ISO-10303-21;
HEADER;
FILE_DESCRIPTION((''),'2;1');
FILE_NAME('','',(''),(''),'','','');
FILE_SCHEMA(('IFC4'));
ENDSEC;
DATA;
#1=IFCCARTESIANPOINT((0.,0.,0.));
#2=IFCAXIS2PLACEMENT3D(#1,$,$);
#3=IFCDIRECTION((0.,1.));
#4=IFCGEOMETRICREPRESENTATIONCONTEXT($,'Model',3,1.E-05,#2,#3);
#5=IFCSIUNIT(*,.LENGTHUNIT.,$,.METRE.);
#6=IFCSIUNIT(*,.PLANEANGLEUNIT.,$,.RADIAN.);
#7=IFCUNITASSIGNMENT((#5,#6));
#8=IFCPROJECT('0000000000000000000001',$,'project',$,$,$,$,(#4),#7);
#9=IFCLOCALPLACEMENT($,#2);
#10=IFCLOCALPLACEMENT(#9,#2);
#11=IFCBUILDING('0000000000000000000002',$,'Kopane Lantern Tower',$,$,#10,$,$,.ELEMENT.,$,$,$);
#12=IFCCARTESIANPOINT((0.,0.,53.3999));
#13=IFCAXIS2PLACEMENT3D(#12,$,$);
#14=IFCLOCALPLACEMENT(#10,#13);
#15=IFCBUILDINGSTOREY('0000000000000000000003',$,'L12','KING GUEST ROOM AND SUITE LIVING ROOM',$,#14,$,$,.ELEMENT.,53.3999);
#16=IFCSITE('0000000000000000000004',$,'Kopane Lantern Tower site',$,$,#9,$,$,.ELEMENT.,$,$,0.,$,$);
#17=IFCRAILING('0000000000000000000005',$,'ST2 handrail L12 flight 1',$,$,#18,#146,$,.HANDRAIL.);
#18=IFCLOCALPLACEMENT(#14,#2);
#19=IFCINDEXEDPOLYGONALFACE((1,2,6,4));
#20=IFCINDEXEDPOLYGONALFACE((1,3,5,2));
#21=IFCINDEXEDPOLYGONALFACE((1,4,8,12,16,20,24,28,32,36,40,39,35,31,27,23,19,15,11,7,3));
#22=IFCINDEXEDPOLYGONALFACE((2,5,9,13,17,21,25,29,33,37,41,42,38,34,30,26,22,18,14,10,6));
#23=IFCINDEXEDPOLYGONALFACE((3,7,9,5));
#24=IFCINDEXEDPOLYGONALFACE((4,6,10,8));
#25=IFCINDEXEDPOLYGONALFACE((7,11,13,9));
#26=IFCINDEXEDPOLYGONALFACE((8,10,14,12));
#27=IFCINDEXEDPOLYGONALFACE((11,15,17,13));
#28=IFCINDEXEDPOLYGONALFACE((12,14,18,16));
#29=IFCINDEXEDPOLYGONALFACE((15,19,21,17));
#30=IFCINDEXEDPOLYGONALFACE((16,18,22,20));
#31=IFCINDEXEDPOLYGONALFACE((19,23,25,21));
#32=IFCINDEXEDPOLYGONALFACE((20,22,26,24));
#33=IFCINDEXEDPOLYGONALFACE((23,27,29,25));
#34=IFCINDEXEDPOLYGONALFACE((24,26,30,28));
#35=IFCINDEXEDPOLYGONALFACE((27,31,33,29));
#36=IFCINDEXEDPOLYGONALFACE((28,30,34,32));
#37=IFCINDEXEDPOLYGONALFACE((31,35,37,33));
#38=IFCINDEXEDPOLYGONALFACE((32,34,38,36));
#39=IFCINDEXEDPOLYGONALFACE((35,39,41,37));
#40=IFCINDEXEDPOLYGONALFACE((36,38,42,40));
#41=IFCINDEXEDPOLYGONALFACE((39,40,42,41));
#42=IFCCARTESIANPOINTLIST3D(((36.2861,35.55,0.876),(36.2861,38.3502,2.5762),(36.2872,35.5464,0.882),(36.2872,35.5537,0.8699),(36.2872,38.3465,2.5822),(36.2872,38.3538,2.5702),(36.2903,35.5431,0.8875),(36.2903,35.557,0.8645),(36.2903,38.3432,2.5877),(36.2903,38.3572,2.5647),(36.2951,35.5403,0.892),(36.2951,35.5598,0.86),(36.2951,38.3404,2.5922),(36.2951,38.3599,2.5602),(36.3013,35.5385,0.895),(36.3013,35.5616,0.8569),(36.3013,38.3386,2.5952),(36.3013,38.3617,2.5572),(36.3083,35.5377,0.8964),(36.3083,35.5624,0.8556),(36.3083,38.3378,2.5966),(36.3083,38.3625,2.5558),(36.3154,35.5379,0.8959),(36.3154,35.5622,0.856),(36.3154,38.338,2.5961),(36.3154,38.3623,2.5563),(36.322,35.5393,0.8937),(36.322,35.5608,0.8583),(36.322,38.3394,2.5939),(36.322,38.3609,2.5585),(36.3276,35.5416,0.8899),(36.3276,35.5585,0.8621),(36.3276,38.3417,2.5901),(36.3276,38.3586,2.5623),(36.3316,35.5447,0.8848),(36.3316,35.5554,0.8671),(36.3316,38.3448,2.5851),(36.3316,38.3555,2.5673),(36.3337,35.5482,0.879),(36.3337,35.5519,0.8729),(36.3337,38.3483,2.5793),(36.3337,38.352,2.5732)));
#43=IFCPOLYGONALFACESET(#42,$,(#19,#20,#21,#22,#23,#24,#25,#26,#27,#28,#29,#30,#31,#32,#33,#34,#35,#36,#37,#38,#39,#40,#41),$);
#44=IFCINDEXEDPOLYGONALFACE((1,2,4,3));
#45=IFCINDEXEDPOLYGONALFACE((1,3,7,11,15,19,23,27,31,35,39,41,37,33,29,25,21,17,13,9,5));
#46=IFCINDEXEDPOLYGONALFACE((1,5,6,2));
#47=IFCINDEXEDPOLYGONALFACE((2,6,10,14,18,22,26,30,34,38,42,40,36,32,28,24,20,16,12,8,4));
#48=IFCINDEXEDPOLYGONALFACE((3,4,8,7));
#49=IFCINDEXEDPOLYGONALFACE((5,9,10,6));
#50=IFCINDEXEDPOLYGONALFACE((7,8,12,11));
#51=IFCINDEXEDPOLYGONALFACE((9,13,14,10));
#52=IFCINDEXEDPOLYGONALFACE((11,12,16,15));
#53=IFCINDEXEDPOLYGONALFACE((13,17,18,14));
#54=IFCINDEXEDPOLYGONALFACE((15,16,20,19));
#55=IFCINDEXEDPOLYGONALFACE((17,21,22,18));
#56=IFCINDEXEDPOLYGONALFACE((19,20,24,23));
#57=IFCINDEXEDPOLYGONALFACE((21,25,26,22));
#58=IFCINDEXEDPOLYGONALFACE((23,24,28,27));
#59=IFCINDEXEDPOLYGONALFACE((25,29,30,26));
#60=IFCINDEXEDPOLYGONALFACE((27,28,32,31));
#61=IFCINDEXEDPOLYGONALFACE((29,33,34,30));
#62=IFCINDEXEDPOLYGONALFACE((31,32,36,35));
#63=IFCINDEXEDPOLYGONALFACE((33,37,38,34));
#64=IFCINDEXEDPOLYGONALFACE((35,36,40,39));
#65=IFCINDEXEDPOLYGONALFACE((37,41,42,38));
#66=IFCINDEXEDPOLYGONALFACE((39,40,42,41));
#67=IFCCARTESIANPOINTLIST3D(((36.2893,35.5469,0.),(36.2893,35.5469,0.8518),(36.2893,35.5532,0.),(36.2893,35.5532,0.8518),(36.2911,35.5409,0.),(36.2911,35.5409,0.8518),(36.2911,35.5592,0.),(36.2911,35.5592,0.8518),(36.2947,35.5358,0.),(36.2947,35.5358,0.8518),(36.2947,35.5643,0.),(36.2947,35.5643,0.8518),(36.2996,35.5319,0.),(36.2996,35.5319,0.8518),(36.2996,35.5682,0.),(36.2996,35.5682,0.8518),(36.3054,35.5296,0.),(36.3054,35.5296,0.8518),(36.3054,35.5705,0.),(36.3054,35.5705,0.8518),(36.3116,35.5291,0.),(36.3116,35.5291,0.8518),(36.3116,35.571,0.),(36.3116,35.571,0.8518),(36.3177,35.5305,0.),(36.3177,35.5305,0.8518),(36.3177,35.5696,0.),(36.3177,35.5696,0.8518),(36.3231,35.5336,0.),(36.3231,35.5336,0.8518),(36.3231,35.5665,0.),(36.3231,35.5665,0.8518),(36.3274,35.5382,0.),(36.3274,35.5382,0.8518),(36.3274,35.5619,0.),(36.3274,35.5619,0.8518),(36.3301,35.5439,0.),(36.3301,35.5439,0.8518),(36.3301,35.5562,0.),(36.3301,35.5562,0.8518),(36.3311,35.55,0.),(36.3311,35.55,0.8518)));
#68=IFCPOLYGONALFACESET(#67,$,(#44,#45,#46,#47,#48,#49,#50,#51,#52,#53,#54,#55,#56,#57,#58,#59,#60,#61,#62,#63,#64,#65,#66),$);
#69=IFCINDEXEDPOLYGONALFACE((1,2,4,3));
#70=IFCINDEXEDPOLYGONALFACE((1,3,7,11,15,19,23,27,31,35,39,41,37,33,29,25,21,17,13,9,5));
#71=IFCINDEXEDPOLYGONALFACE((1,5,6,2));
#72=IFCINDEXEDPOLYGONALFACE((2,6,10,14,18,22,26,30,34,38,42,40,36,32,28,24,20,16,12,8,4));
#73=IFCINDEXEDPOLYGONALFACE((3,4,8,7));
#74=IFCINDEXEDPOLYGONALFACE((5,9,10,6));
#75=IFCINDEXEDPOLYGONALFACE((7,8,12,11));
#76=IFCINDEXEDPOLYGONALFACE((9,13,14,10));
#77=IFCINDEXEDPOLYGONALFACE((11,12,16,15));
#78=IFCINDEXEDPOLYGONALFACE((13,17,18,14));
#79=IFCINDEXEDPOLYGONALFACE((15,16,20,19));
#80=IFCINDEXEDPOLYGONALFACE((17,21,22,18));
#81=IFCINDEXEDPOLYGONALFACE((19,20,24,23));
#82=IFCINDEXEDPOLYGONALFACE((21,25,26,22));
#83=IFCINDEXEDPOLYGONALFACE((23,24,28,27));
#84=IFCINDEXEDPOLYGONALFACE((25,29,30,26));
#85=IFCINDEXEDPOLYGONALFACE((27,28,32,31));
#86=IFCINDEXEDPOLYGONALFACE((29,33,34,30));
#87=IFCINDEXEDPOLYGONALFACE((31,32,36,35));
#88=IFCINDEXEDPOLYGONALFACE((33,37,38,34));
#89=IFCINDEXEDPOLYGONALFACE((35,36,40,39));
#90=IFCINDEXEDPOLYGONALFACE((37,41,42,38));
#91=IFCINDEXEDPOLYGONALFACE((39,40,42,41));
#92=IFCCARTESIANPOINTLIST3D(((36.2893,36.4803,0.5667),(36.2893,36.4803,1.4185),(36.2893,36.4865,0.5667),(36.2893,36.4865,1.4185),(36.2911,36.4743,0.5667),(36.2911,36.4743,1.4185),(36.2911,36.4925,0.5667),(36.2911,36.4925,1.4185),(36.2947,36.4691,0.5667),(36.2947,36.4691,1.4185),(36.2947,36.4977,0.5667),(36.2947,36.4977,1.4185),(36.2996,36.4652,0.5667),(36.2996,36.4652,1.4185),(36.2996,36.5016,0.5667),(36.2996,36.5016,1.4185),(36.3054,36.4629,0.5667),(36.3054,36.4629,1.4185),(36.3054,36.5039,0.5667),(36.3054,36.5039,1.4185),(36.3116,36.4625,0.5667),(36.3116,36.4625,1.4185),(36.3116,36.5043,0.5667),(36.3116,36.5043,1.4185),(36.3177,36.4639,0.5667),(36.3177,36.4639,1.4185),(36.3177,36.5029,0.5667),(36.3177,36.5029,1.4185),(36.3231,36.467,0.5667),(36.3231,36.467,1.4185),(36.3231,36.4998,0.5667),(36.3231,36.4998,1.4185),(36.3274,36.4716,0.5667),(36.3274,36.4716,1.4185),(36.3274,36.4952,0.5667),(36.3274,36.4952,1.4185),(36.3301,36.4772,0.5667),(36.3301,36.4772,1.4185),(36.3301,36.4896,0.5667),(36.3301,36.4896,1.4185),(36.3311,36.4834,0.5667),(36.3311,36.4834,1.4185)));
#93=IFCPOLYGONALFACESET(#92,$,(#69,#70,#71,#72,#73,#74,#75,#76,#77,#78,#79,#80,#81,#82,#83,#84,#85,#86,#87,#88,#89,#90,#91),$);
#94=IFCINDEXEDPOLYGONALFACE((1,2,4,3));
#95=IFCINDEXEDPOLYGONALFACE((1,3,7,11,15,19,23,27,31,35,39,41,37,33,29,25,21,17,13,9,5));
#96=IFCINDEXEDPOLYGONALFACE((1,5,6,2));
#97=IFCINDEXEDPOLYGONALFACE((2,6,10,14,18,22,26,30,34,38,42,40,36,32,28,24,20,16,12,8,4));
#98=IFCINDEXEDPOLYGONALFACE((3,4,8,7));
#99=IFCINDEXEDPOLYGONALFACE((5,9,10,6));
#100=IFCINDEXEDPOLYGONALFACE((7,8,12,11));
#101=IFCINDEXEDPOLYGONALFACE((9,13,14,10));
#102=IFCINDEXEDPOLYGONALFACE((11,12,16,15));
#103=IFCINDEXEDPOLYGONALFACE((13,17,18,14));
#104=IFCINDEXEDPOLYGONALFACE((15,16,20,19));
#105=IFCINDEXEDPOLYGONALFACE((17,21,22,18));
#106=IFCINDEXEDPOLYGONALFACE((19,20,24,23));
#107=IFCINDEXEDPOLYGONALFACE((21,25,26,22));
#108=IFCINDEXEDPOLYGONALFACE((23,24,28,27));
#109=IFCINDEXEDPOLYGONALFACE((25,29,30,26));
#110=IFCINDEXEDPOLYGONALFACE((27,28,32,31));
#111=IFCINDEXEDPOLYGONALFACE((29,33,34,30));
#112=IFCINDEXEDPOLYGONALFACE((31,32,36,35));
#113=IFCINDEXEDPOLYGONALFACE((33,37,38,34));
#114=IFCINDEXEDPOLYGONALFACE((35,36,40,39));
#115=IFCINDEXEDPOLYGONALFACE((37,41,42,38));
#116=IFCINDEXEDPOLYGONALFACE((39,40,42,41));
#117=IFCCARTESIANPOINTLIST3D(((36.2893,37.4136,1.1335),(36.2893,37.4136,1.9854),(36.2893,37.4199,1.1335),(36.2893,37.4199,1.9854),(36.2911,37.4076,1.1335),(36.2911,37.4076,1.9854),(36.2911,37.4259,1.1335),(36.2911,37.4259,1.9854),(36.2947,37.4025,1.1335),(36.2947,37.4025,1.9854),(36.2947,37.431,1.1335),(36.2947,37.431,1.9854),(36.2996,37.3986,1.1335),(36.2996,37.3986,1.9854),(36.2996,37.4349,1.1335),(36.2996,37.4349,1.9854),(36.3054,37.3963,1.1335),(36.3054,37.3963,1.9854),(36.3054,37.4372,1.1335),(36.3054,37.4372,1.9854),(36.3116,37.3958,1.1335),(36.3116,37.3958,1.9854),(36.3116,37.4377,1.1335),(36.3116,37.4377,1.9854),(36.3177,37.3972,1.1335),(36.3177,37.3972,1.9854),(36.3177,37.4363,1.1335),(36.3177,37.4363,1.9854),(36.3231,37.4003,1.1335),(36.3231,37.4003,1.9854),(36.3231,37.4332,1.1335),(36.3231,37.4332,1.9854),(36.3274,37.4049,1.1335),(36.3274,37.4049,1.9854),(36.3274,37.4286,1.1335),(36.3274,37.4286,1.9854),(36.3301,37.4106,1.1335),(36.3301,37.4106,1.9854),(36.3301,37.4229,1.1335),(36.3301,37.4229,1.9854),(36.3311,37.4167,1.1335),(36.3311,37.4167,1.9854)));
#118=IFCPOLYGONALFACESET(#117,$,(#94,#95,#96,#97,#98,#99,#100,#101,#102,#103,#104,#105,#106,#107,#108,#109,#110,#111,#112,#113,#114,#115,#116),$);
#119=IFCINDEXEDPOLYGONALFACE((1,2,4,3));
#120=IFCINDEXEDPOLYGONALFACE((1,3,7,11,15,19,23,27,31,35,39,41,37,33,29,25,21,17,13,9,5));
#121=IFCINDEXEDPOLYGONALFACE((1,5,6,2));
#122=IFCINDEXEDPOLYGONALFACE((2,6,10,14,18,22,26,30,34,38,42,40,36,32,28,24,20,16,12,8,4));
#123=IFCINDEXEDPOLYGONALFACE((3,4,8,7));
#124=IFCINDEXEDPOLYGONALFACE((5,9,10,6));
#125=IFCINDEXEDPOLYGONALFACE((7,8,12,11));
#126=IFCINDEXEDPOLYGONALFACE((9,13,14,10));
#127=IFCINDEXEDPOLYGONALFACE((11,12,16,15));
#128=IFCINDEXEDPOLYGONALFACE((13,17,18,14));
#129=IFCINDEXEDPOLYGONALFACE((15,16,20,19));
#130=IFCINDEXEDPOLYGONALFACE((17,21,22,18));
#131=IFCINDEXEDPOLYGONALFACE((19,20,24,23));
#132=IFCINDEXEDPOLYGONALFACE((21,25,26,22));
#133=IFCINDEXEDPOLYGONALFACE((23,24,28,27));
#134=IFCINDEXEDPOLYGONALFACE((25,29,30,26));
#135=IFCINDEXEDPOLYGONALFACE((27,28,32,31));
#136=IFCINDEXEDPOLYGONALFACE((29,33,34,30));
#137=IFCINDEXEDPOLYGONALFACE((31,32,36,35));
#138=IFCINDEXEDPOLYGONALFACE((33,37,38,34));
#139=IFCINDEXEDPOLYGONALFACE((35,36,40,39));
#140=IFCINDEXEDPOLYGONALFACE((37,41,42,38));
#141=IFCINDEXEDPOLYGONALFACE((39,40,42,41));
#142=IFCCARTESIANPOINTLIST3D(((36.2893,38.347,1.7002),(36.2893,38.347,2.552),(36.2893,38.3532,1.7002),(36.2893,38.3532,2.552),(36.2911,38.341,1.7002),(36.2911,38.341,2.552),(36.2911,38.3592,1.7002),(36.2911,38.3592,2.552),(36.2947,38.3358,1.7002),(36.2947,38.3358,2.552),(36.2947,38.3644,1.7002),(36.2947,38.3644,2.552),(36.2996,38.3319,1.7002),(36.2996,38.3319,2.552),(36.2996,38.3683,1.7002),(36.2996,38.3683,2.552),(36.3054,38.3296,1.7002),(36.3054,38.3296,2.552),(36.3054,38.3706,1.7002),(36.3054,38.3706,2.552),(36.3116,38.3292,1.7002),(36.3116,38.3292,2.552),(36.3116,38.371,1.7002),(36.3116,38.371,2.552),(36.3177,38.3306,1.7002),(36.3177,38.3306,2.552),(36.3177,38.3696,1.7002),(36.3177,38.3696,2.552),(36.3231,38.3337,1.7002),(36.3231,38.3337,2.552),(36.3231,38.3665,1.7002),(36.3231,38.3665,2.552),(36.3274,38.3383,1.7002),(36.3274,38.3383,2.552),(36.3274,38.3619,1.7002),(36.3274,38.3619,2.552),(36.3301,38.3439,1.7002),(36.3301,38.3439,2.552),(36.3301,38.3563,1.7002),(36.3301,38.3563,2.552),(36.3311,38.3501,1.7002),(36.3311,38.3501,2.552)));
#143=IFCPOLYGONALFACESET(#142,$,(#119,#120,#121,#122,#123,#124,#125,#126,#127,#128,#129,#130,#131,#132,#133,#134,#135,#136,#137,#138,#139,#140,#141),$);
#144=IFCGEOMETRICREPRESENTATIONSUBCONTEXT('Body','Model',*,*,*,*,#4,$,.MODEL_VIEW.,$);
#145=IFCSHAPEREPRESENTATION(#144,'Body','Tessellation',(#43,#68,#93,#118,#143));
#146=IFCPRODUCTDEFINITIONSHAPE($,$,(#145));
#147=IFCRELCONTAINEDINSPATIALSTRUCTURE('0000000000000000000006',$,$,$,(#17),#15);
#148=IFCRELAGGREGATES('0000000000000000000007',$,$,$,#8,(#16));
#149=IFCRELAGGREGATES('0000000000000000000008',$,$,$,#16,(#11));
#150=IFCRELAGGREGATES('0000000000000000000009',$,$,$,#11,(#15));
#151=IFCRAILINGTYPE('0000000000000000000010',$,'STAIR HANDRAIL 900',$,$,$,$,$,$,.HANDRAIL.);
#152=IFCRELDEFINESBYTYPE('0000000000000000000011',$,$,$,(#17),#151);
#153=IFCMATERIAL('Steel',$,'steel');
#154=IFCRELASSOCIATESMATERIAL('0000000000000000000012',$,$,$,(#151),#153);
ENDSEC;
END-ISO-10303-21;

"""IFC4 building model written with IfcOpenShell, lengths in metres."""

from ifc_helpers import new_model, si_unit, direction, frame, origin, origin_2d, place, context, subcontext, project, spatial, circle, extrude, material, type_object, element, save


model = new_model("IFC4")

# Units and contexts
model_context = context("Model", 3, precision=1e-05, world=origin(), true_north=direction((0.0, 1.0)))
body_context = subcontext(model_context, "Body", "Model", "MODEL_VIEW")
ifc_project = project(units=[si_unit("LENGTHUNIT", "METRE"), si_unit("PLANEANGLEUNIT", "RADIAN")], contexts=[model_context])

# Site, building, storey
site_placement = place(None, origin())
site = spatial("IfcSite", under=ifc_project, at=site_placement, Name="Kopane Lantern Tower site", CompositionType="ELEMENT", RefElevation=0.0)
building_placement = place(site_placement, origin())
building = spatial("IfcBuilding", under=site, at=building_placement, Name="Kopane Lantern Tower", CompositionType="ELEMENT")
storey_placement = place(building_placement, frame((0.0, 0.0, 53.3999)))
storey = spatial("IfcBuildingStorey", under=building, at=storey_placement, Name="L12", Description="KING GUEST ROOM AND SUITE LIVING ROOM", CompositionType="ELEMENT", Elevation=53.3999)

# Railing
ifc_material_1 = material(Name="Steel", Category="steel")
railing_type_1 = type_object("IfcRailingType", Name="STAIR HANDRAIL 900", PredefinedType="HANDRAIL", material=ifc_material_1)
for number, where, name in (
    (1, (36.3101, 35.55, 0.0), "ST2 handrail L12 flight 1"),
):
    element("IfcRailing", number, at=place(storey_placement, frame(where)), inside=storey, type_object=railing_type_1, Name=name, PredefinedType="HANDRAIL", context=body_context, shape_type="SweptSolid", body=[
        extrude(circle(Radius=0.0239, at=origin_2d()), frame((0.0, 0.0, 0.876), z_axis=(0.0, 0.854765, 0.519015), x_axis=(-1.0, 0.0, 0.0)), (0.0, 0.0, 1.0), 3.2759),
        extrude(circle(Radius=0.021, at=origin_2d()), origin(), (0.0, 0.0, 1.0), 0.8518),
        extrude(circle(Radius=0.021, at=origin_2d()), frame((0.0, 0.9333, 0.5667)), (0.0, 0.0, 1.0), 0.8518),
        extrude(circle(Radius=0.021, at=origin_2d()), frame((0.0, 1.8667, 1.1335)), (0.0, 0.0, 1.0), 0.8518),
        extrude(circle(Radius=0.021, at=origin_2d()), frame((0.0, 2.8, 1.7002)), (0.0, 0.0, 1.0), 0.8518),
    ])

save(model, "model.ifc")
